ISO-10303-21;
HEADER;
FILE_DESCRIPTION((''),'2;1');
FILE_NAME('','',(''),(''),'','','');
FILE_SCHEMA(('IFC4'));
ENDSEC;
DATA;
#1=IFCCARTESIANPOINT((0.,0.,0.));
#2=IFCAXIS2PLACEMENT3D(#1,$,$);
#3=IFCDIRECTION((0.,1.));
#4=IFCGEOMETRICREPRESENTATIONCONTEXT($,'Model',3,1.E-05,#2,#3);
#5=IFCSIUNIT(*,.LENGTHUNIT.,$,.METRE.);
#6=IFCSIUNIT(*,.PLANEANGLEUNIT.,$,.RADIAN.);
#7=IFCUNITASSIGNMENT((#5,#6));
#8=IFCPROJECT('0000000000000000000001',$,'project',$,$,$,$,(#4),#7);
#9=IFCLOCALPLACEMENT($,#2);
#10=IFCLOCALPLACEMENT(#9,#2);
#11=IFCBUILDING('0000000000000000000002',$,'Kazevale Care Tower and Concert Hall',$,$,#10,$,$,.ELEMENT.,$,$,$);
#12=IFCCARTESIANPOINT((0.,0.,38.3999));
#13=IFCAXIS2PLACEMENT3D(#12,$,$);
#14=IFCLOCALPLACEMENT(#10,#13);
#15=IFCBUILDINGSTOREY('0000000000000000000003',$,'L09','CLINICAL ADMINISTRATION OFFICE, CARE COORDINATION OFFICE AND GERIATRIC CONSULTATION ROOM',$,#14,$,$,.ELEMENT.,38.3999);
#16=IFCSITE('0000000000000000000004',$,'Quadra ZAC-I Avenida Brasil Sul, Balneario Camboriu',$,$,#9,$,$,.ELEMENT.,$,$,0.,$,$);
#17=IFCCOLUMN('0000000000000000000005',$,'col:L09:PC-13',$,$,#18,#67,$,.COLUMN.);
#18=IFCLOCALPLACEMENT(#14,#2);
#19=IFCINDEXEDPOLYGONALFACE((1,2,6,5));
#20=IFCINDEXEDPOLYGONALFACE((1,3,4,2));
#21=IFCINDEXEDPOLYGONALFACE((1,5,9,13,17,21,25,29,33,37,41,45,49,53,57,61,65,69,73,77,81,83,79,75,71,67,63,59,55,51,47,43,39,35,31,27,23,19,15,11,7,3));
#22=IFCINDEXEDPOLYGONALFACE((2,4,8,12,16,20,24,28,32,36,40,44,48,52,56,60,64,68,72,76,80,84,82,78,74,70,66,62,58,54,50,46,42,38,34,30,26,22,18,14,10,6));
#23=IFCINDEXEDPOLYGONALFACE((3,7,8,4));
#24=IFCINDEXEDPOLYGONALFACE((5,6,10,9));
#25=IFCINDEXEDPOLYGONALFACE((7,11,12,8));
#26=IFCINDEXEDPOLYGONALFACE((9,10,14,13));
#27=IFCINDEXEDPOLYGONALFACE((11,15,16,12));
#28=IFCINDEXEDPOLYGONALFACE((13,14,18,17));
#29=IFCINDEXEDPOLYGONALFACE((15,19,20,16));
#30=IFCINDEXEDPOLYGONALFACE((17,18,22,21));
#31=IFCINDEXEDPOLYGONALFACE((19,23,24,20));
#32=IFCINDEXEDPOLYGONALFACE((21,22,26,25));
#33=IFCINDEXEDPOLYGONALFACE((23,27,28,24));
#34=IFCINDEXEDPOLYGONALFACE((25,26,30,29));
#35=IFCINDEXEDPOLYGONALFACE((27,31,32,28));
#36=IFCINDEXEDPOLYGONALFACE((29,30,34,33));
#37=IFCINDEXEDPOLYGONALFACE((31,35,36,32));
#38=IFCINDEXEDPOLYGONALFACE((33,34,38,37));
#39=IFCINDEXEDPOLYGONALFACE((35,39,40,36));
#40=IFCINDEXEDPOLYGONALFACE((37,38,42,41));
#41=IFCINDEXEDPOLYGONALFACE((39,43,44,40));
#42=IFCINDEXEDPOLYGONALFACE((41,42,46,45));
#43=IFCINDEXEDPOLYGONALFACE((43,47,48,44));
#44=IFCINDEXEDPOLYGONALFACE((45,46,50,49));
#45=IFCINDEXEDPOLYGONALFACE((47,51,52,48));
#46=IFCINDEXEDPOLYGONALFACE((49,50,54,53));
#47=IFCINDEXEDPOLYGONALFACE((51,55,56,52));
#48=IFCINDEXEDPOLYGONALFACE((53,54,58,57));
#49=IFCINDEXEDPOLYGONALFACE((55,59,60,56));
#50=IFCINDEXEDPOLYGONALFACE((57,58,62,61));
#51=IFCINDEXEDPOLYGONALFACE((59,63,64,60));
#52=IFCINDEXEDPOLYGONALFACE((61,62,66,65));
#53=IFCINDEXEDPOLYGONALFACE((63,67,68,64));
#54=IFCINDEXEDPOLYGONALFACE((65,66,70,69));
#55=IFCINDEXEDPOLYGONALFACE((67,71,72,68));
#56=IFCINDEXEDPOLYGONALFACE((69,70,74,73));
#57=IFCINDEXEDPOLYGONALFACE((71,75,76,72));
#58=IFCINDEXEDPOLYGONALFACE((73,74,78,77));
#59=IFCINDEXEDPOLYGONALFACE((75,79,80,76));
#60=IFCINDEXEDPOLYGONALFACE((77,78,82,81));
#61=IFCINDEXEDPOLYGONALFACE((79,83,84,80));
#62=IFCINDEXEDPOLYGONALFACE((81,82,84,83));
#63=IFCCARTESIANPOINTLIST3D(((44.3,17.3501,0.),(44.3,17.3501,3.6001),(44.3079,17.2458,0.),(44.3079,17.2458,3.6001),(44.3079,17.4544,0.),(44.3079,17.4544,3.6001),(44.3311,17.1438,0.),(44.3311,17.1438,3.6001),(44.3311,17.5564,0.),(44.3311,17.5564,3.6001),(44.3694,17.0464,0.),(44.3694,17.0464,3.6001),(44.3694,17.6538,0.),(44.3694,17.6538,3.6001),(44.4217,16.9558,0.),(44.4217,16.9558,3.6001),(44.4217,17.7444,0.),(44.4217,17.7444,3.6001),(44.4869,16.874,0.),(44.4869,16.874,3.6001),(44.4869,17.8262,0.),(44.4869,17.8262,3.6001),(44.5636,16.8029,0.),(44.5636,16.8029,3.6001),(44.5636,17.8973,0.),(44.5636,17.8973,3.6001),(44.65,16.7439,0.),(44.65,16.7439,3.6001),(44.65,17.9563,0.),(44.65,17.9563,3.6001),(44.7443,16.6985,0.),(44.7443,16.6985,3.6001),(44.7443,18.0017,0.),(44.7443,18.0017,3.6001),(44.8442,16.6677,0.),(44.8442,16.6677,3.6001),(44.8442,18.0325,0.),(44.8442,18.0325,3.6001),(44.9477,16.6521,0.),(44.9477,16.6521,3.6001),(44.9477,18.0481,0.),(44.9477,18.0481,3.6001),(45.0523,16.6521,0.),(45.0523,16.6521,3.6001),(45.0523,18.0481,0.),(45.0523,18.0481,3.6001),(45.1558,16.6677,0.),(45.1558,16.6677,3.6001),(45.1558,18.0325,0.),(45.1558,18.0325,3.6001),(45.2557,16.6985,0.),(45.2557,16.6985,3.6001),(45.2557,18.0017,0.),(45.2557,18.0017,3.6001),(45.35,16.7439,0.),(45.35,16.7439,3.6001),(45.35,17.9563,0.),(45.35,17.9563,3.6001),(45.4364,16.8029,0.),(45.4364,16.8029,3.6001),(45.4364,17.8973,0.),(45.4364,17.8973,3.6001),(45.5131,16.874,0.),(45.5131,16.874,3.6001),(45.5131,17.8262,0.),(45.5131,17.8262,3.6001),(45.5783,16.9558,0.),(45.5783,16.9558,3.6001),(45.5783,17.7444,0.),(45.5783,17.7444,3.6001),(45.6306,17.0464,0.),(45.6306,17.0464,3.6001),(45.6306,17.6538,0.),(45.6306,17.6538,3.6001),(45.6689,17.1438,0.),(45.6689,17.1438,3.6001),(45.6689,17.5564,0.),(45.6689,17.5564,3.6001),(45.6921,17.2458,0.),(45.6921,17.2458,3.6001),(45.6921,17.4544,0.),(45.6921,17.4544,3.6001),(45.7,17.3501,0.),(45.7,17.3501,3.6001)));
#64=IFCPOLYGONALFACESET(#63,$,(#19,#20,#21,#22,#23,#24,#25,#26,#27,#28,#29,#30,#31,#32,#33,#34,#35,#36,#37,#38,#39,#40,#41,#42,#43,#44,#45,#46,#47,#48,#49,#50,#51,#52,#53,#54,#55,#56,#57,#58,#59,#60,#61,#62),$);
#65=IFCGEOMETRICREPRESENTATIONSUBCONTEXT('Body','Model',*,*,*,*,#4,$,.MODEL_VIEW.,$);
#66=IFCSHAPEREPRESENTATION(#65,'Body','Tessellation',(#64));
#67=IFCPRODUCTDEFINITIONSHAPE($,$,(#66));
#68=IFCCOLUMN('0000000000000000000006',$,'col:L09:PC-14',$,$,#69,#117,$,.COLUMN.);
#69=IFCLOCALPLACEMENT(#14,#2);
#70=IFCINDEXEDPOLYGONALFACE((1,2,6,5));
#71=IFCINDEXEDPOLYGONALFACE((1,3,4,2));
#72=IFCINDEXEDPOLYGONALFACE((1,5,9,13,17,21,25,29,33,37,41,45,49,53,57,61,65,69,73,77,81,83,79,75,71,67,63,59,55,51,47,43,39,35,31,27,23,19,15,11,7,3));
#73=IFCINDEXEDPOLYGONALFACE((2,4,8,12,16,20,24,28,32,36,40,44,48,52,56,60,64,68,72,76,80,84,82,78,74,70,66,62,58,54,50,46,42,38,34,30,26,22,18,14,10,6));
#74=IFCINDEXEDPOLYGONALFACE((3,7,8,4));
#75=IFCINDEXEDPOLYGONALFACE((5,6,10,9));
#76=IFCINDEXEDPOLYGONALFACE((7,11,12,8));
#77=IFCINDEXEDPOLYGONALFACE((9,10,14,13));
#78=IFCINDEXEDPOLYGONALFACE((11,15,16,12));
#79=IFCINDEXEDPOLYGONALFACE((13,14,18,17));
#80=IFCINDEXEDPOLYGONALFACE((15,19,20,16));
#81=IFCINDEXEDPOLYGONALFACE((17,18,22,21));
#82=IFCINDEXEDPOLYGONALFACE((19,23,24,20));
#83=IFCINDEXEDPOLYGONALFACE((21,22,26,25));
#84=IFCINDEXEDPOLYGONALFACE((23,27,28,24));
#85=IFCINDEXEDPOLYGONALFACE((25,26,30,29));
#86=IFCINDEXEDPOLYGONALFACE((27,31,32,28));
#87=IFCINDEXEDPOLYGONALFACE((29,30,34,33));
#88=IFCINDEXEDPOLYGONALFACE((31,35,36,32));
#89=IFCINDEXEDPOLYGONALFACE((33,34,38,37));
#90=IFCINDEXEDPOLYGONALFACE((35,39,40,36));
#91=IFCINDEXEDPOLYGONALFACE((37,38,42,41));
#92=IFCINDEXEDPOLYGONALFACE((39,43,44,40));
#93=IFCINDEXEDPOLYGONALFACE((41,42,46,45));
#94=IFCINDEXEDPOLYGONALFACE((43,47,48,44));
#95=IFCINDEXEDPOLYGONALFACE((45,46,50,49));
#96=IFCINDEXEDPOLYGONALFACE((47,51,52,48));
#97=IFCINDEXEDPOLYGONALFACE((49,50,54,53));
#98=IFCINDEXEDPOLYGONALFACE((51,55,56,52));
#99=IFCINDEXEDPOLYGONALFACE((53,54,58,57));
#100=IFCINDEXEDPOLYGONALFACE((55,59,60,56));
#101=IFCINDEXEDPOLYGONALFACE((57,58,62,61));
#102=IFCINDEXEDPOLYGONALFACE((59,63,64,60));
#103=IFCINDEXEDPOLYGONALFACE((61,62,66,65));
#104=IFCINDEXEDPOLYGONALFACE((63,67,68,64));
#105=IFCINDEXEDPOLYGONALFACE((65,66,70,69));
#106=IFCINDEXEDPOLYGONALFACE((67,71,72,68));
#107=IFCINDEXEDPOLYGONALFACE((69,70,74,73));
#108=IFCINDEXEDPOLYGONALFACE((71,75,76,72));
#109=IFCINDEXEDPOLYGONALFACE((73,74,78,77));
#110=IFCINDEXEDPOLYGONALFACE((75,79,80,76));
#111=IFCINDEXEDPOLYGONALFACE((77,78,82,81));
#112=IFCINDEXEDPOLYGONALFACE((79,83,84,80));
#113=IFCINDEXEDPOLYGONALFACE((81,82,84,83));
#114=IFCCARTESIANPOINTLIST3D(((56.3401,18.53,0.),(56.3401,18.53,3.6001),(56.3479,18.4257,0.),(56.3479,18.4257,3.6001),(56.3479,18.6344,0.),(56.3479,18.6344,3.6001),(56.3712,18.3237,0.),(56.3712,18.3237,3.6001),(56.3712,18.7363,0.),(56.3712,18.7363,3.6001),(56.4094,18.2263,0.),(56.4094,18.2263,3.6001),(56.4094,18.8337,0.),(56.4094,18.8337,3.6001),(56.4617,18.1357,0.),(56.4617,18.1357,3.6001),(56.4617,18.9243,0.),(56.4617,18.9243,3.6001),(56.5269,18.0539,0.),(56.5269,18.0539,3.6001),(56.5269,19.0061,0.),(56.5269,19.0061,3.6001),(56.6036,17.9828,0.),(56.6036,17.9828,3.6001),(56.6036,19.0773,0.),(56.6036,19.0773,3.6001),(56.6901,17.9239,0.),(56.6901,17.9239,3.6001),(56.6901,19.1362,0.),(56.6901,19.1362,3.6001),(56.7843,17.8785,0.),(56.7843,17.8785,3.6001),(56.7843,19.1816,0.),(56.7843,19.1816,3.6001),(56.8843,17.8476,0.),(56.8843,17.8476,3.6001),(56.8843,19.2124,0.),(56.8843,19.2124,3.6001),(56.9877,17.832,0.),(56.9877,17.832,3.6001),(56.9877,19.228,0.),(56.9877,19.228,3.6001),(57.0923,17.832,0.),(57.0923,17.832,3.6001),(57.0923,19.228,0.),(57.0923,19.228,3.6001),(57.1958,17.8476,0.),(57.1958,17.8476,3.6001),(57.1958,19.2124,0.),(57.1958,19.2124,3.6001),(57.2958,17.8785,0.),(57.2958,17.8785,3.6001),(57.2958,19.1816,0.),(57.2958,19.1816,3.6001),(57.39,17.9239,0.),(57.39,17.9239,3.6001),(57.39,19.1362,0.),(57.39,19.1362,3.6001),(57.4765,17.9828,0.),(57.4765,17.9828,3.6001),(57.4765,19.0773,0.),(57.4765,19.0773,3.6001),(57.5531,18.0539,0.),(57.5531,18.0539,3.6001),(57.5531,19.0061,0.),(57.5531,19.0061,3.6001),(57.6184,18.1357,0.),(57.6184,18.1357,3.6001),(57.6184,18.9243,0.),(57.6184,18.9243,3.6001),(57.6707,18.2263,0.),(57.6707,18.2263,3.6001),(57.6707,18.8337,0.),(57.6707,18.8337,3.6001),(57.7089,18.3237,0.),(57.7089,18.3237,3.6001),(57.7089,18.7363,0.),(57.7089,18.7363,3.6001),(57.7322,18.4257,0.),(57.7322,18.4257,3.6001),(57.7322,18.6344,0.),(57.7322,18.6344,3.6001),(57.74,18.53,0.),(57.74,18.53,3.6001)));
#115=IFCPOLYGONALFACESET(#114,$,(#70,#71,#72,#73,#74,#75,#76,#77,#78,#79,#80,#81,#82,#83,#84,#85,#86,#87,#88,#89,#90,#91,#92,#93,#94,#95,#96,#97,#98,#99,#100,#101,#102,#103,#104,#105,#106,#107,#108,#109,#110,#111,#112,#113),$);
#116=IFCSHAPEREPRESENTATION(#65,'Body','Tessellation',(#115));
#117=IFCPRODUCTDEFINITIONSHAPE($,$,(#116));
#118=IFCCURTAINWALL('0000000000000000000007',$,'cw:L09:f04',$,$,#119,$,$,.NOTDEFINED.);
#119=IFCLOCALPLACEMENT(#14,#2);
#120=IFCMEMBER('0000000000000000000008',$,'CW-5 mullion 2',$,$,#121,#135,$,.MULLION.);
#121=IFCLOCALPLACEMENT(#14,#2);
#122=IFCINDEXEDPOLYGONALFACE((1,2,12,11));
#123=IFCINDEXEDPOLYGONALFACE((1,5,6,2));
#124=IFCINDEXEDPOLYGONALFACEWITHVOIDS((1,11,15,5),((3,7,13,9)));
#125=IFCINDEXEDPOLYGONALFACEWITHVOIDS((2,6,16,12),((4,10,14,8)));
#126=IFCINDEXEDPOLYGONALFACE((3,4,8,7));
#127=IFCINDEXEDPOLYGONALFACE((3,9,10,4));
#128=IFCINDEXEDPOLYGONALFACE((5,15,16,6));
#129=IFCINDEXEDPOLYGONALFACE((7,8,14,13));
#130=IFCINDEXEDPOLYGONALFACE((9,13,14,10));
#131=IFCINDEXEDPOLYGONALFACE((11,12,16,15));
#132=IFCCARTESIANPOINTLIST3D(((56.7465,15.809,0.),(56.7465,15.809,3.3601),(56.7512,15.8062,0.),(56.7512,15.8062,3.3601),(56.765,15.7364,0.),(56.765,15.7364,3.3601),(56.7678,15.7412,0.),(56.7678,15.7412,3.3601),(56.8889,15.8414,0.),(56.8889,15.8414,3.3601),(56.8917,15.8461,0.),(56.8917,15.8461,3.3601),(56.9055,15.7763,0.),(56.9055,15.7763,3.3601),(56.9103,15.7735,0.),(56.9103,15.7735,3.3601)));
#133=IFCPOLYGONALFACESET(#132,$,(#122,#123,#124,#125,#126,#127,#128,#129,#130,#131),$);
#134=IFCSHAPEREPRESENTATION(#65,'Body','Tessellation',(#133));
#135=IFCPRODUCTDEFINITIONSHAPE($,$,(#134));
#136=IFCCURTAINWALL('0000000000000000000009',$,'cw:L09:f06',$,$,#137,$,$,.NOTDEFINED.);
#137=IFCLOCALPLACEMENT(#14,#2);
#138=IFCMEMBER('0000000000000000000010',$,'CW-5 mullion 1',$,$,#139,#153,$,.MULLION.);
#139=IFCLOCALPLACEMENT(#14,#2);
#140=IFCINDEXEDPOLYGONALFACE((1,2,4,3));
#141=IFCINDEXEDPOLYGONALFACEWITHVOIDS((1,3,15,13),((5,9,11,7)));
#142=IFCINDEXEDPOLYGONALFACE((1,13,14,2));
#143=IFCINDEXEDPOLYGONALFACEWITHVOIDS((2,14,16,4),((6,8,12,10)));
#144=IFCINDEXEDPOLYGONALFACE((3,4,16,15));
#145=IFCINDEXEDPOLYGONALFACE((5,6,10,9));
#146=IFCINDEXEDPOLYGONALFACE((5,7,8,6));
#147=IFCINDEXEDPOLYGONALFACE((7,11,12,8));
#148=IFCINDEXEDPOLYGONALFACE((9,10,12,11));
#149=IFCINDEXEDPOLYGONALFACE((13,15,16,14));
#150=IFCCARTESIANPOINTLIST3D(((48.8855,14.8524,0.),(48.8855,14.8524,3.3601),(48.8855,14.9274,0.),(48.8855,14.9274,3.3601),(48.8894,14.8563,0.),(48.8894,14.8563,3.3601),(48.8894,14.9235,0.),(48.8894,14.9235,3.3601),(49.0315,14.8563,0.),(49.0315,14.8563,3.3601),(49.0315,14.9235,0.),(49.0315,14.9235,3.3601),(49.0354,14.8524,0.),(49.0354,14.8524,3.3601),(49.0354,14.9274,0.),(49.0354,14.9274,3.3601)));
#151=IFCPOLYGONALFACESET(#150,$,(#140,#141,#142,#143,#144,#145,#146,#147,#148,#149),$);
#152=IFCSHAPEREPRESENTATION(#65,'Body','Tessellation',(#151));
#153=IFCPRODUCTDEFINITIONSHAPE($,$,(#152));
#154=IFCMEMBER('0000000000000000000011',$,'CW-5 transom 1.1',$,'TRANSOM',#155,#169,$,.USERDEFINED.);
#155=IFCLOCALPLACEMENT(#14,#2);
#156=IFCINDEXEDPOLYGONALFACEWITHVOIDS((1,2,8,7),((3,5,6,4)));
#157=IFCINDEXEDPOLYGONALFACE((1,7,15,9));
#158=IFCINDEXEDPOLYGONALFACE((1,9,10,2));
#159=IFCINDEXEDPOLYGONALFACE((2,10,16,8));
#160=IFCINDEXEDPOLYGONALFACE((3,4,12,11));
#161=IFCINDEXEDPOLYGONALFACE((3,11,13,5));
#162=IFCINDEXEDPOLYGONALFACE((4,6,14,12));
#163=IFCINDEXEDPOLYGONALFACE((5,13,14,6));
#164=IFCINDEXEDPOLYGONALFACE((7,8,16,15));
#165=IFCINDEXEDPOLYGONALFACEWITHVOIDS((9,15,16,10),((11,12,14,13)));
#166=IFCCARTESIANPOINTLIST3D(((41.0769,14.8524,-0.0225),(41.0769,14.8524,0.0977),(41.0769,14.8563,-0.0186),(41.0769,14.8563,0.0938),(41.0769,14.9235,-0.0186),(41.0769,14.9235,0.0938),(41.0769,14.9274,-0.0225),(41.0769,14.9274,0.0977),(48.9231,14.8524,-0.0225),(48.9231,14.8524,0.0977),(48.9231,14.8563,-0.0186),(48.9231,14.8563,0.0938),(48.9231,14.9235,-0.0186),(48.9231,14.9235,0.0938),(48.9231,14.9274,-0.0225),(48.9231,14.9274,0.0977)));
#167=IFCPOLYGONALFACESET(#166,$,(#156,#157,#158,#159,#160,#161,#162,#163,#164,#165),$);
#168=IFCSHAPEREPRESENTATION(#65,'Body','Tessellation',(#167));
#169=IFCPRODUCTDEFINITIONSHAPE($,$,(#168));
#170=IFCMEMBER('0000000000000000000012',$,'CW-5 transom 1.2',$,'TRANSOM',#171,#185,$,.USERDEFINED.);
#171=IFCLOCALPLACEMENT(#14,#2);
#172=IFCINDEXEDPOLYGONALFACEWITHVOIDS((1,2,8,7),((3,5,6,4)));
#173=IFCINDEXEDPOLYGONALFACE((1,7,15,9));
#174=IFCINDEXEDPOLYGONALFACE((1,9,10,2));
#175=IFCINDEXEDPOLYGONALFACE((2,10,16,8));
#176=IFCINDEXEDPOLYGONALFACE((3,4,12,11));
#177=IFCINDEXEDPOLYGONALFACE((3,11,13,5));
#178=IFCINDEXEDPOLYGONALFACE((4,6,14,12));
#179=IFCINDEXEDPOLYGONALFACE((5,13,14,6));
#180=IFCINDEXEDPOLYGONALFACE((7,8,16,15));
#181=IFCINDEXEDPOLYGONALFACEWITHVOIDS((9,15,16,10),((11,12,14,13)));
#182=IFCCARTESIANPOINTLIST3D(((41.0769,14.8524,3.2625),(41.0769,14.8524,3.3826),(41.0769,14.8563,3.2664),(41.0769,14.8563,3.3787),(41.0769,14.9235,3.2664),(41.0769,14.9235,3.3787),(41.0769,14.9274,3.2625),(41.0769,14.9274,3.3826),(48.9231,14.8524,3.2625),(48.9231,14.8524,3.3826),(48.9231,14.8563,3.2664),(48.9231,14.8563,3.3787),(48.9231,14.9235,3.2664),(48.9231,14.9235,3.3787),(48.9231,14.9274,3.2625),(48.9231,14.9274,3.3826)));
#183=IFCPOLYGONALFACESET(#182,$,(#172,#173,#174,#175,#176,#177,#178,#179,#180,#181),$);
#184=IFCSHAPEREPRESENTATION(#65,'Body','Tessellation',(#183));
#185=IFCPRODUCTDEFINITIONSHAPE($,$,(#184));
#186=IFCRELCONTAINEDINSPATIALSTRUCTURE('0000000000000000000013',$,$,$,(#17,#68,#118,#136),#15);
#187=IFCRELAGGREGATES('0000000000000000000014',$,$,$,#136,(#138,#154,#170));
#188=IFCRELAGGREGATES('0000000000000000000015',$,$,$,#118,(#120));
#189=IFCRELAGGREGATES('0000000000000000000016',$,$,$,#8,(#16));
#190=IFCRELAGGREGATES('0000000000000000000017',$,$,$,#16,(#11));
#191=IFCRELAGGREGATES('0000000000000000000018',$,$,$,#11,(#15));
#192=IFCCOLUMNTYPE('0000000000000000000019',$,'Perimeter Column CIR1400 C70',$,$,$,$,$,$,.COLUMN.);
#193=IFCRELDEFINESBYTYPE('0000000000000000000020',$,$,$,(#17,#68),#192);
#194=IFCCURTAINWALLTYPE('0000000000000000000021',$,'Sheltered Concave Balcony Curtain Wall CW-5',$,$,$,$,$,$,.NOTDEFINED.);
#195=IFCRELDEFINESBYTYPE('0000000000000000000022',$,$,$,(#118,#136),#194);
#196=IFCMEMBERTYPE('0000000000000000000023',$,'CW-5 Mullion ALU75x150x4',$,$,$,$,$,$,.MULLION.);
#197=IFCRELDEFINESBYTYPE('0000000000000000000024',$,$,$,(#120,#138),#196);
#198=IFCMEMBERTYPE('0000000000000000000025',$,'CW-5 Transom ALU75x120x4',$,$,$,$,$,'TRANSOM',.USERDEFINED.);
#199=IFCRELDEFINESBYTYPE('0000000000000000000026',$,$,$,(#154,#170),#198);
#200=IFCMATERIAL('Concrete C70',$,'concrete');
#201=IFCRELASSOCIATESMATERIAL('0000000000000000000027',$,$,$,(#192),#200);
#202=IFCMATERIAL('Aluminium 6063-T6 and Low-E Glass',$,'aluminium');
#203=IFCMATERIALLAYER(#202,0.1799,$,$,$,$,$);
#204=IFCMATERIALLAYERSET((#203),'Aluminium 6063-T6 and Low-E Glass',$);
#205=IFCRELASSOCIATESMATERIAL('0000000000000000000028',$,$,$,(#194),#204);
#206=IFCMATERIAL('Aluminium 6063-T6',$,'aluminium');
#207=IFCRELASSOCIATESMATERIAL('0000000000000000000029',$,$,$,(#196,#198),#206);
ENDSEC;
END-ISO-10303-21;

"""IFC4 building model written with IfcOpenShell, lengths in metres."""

from ifc_helpers import new_model, si_unit, direction, frame, origin, origin_2d, place, context, subcontext, project, spatial, hollow_rectangle, circle, extrude, material, layer, layer_set, material_profile, profile_set, type_object, element, aggregate, save


model = new_model("IFC4")

# Units and contexts
model_context = context("Model", 3, precision=1e-05, world=origin(), true_north=direction((0.0, 1.0)))
body_context = subcontext(model_context, "Body", "Model", "MODEL_VIEW")
ifc_project = project(units=[si_unit("LENGTHUNIT", "METRE"), si_unit("PLANEANGLEUNIT", "RADIAN")], contexts=[model_context])

# Site, building, storey
site_placement = place(None, origin())
site = spatial("IfcSite", under=ifc_project, at=site_placement, Name="Quadra ZAC-I Avenida Brasil Sul, Balneario Camboriu", CompositionType="ELEMENT", RefElevation=0.0)
building_placement = place(site_placement, origin())
building = spatial("IfcBuilding", under=site, at=building_placement, Name="Kazevale Care Tower and Concert Hall", CompositionType="ELEMENT")
storey_placement = place(building_placement, frame((0.0, 0.0, 38.3999)))
storey = spatial("IfcBuildingStorey", under=building, at=storey_placement, Name="L09", Description="CLINICAL ADMINISTRATION OFFICE, CARE COORDINATION OFFICE AND GERIATRIC CONSULTATION ROOM", CompositionType="ELEMENT", Elevation=38.3999)

# Columns
ifc_material_1 = material(Name="Concrete C70", Category="concrete")
ifc_material_profile_1 = material_profile(ifc_material_1, circle(Radius=0.7, at=origin_2d()), Name="RC-CIR1400")
ifc_profile_set_1 = profile_set([ifc_material_profile_1], Name="Concrete C70")
column_type = type_object("IfcColumnType", Name="Perimeter Column CIR1400 C70", PredefinedType="COLUMN", material=ifc_profile_set_1)
for number, where, z_axis, x_axis, name in (
    (1, (45.0, 17.3501, 0.0), (0.0, 0.0, 1.0), (1.0, 0.0, 0.0), "col:L09:PC-13"),
    (2, (57.04, 18.53, 0.0), (0.0, 0.0, 1.0), (1.0, 0.0, 0.0), "col:L09:PC-14"),
):
    element("IfcColumn", number, at=place(storey_placement, frame(where, z_axis=z_axis, x_axis=x_axis)), inside=storey, type_object=column_type, Name=name, PredefinedType="COLUMN", context=body_context, shape_type="SweptSolid", body=[
        extrude(circle(Radius=0.7, at=origin_2d()), origin(), (0.0, 0.0, 1.0), 3.6001),
    ])

# Curtain wall, member
ifc_material_2 = material(Name="Aluminium 6063-T6 and Low-E Glass", Category="aluminium")
ifc_layer_1 = layer(ifc_material_2, 0.1799)
ifc_layer_set_1 = layer_set([ifc_layer_1], Name="Aluminium 6063-T6 and Low-E Glass")
curtain_wall_type = type_object("IfcCurtainWallType", Name="Sheltered Concave Balcony Curtain Wall CW-5", PredefinedType="NOTDEFINED", material=ifc_layer_set_1)
curtain_wall_1_placement = place(storey_placement, origin())
curtain_wall_1 = element("IfcCurtainWall", 3, at=curtain_wall_1_placement, inside=storey, type_object=curtain_wall_type, Name="cw:L09:f04", PredefinedType="NOTDEFINED")
ifc_material_3 = material(Name="Aluminium 6063-T6", Category="aluminium")
ifc_material_profile_2 = material_profile(ifc_material_3, hollow_rectangle(XDim=0.075, YDim=0.1499, WallThickness=0.0039, at=origin_2d()), Name="ALU75x150x4")
ifc_profile_set_2 = profile_set([ifc_material_profile_2], Name="Aluminium 6063-T6")
member_type_1 = type_object("IfcMemberType", Name="CW-5 Mullion ALU75x150x4", PredefinedType="MULLION", material=ifc_profile_set_2)
member_1_placement = place(storey_placement, frame((56.8284, 15.7913, 0.0), z_axis=(0.0, 0.0, 1.0), x_axis=(0.247222, -0.968959, 0.0)))
member_1 = element("IfcMember", 4, at=member_1_placement, type_object=member_type_1, Name="CW-5 mullion 2", PredefinedType="MULLION", context=body_context, shape_type="SweptSolid", body=[
    extrude(hollow_rectangle(XDim=0.075, YDim=0.1499, WallThickness=0.0039, at=origin_2d()), origin(), (0.0, 0.0, 1.0), 3.3601),
])

# Curtain wall, members
curtain_wall_2_placement = place(storey_placement, origin())
curtain_wall_2 = element("IfcCurtainWall", 5, at=curtain_wall_2_placement, inside=storey, type_object=curtain_wall_type, Name="cw:L09:f06", PredefinedType="NOTDEFINED")
member_2_placement = place(storey_placement, frame((48.9604, 14.8899, 0.0), z_axis=(0.0, 0.0, 1.0), x_axis=(0.0, -1.0, 0.0)))
member_2 = element("IfcMember", 6, at=member_2_placement, type_object=member_type_1, Name="CW-5 mullion 1", PredefinedType="MULLION", context=body_context, shape_type="SweptSolid", body=[
    extrude(hollow_rectangle(XDim=0.075, YDim=0.1499, WallThickness=0.0039, at=origin_2d()), origin(), (0.0, 0.0, 1.0), 3.3601),
])
ifc_material_profile_3 = material_profile(ifc_material_3, hollow_rectangle(XDim=0.075, YDim=0.1201, WallThickness=0.0039, at=origin_2d()), Name="ALU75x120x4")
ifc_profile_set_3 = profile_set([ifc_material_profile_3], Name="Aluminium 6063-T6")
member_type_2 = type_object("IfcMemberType", Name="CW-5 Transom ALU75x120x4", ElementType="TRANSOM", PredefinedType="USERDEFINED", material=ifc_profile_set_3)
member_3_placement = place(storey_placement, frame((48.9231, 14.8899, 0.0376), z_axis=(-1.0, 0.0, 0.0), x_axis=(0.0, -1.0, 0.0)))
member_3 = element("IfcMember", 7, at=member_3_placement, type_object=member_type_2, Name="CW-5 transom 1.1", ObjectType="TRANSOM", PredefinedType="USERDEFINED", context=body_context, shape_type="SweptSolid", body=[
    extrude(hollow_rectangle(XDim=0.075, YDim=0.1201, WallThickness=0.0039, at=origin_2d()), origin(), (0.0, 0.0, 1.0), 7.8462),
])
member_4_placement = place(storey_placement, frame((48.9231, 14.8899, 3.3225), z_axis=(-1.0, 0.0, 0.0), x_axis=(0.0, -1.0, 0.0)))
member_4 = element("IfcMember", 8, at=member_4_placement, type_object=member_type_2, Name="CW-5 transom 1.2", ObjectType="TRANSOM", PredefinedType="USERDEFINED", context=body_context, shape_type="SweptSolid", body=[
    extrude(hollow_rectangle(XDim=0.075, YDim=0.1201, WallThickness=0.0039, at=origin_2d()), origin(), (0.0, 0.0, 1.0), 7.8462),
])
aggregate(curtain_wall_2, [member_2, member_3, member_4])

aggregate(curtain_wall_1, [member_1])

save(model, "model.ifc")
